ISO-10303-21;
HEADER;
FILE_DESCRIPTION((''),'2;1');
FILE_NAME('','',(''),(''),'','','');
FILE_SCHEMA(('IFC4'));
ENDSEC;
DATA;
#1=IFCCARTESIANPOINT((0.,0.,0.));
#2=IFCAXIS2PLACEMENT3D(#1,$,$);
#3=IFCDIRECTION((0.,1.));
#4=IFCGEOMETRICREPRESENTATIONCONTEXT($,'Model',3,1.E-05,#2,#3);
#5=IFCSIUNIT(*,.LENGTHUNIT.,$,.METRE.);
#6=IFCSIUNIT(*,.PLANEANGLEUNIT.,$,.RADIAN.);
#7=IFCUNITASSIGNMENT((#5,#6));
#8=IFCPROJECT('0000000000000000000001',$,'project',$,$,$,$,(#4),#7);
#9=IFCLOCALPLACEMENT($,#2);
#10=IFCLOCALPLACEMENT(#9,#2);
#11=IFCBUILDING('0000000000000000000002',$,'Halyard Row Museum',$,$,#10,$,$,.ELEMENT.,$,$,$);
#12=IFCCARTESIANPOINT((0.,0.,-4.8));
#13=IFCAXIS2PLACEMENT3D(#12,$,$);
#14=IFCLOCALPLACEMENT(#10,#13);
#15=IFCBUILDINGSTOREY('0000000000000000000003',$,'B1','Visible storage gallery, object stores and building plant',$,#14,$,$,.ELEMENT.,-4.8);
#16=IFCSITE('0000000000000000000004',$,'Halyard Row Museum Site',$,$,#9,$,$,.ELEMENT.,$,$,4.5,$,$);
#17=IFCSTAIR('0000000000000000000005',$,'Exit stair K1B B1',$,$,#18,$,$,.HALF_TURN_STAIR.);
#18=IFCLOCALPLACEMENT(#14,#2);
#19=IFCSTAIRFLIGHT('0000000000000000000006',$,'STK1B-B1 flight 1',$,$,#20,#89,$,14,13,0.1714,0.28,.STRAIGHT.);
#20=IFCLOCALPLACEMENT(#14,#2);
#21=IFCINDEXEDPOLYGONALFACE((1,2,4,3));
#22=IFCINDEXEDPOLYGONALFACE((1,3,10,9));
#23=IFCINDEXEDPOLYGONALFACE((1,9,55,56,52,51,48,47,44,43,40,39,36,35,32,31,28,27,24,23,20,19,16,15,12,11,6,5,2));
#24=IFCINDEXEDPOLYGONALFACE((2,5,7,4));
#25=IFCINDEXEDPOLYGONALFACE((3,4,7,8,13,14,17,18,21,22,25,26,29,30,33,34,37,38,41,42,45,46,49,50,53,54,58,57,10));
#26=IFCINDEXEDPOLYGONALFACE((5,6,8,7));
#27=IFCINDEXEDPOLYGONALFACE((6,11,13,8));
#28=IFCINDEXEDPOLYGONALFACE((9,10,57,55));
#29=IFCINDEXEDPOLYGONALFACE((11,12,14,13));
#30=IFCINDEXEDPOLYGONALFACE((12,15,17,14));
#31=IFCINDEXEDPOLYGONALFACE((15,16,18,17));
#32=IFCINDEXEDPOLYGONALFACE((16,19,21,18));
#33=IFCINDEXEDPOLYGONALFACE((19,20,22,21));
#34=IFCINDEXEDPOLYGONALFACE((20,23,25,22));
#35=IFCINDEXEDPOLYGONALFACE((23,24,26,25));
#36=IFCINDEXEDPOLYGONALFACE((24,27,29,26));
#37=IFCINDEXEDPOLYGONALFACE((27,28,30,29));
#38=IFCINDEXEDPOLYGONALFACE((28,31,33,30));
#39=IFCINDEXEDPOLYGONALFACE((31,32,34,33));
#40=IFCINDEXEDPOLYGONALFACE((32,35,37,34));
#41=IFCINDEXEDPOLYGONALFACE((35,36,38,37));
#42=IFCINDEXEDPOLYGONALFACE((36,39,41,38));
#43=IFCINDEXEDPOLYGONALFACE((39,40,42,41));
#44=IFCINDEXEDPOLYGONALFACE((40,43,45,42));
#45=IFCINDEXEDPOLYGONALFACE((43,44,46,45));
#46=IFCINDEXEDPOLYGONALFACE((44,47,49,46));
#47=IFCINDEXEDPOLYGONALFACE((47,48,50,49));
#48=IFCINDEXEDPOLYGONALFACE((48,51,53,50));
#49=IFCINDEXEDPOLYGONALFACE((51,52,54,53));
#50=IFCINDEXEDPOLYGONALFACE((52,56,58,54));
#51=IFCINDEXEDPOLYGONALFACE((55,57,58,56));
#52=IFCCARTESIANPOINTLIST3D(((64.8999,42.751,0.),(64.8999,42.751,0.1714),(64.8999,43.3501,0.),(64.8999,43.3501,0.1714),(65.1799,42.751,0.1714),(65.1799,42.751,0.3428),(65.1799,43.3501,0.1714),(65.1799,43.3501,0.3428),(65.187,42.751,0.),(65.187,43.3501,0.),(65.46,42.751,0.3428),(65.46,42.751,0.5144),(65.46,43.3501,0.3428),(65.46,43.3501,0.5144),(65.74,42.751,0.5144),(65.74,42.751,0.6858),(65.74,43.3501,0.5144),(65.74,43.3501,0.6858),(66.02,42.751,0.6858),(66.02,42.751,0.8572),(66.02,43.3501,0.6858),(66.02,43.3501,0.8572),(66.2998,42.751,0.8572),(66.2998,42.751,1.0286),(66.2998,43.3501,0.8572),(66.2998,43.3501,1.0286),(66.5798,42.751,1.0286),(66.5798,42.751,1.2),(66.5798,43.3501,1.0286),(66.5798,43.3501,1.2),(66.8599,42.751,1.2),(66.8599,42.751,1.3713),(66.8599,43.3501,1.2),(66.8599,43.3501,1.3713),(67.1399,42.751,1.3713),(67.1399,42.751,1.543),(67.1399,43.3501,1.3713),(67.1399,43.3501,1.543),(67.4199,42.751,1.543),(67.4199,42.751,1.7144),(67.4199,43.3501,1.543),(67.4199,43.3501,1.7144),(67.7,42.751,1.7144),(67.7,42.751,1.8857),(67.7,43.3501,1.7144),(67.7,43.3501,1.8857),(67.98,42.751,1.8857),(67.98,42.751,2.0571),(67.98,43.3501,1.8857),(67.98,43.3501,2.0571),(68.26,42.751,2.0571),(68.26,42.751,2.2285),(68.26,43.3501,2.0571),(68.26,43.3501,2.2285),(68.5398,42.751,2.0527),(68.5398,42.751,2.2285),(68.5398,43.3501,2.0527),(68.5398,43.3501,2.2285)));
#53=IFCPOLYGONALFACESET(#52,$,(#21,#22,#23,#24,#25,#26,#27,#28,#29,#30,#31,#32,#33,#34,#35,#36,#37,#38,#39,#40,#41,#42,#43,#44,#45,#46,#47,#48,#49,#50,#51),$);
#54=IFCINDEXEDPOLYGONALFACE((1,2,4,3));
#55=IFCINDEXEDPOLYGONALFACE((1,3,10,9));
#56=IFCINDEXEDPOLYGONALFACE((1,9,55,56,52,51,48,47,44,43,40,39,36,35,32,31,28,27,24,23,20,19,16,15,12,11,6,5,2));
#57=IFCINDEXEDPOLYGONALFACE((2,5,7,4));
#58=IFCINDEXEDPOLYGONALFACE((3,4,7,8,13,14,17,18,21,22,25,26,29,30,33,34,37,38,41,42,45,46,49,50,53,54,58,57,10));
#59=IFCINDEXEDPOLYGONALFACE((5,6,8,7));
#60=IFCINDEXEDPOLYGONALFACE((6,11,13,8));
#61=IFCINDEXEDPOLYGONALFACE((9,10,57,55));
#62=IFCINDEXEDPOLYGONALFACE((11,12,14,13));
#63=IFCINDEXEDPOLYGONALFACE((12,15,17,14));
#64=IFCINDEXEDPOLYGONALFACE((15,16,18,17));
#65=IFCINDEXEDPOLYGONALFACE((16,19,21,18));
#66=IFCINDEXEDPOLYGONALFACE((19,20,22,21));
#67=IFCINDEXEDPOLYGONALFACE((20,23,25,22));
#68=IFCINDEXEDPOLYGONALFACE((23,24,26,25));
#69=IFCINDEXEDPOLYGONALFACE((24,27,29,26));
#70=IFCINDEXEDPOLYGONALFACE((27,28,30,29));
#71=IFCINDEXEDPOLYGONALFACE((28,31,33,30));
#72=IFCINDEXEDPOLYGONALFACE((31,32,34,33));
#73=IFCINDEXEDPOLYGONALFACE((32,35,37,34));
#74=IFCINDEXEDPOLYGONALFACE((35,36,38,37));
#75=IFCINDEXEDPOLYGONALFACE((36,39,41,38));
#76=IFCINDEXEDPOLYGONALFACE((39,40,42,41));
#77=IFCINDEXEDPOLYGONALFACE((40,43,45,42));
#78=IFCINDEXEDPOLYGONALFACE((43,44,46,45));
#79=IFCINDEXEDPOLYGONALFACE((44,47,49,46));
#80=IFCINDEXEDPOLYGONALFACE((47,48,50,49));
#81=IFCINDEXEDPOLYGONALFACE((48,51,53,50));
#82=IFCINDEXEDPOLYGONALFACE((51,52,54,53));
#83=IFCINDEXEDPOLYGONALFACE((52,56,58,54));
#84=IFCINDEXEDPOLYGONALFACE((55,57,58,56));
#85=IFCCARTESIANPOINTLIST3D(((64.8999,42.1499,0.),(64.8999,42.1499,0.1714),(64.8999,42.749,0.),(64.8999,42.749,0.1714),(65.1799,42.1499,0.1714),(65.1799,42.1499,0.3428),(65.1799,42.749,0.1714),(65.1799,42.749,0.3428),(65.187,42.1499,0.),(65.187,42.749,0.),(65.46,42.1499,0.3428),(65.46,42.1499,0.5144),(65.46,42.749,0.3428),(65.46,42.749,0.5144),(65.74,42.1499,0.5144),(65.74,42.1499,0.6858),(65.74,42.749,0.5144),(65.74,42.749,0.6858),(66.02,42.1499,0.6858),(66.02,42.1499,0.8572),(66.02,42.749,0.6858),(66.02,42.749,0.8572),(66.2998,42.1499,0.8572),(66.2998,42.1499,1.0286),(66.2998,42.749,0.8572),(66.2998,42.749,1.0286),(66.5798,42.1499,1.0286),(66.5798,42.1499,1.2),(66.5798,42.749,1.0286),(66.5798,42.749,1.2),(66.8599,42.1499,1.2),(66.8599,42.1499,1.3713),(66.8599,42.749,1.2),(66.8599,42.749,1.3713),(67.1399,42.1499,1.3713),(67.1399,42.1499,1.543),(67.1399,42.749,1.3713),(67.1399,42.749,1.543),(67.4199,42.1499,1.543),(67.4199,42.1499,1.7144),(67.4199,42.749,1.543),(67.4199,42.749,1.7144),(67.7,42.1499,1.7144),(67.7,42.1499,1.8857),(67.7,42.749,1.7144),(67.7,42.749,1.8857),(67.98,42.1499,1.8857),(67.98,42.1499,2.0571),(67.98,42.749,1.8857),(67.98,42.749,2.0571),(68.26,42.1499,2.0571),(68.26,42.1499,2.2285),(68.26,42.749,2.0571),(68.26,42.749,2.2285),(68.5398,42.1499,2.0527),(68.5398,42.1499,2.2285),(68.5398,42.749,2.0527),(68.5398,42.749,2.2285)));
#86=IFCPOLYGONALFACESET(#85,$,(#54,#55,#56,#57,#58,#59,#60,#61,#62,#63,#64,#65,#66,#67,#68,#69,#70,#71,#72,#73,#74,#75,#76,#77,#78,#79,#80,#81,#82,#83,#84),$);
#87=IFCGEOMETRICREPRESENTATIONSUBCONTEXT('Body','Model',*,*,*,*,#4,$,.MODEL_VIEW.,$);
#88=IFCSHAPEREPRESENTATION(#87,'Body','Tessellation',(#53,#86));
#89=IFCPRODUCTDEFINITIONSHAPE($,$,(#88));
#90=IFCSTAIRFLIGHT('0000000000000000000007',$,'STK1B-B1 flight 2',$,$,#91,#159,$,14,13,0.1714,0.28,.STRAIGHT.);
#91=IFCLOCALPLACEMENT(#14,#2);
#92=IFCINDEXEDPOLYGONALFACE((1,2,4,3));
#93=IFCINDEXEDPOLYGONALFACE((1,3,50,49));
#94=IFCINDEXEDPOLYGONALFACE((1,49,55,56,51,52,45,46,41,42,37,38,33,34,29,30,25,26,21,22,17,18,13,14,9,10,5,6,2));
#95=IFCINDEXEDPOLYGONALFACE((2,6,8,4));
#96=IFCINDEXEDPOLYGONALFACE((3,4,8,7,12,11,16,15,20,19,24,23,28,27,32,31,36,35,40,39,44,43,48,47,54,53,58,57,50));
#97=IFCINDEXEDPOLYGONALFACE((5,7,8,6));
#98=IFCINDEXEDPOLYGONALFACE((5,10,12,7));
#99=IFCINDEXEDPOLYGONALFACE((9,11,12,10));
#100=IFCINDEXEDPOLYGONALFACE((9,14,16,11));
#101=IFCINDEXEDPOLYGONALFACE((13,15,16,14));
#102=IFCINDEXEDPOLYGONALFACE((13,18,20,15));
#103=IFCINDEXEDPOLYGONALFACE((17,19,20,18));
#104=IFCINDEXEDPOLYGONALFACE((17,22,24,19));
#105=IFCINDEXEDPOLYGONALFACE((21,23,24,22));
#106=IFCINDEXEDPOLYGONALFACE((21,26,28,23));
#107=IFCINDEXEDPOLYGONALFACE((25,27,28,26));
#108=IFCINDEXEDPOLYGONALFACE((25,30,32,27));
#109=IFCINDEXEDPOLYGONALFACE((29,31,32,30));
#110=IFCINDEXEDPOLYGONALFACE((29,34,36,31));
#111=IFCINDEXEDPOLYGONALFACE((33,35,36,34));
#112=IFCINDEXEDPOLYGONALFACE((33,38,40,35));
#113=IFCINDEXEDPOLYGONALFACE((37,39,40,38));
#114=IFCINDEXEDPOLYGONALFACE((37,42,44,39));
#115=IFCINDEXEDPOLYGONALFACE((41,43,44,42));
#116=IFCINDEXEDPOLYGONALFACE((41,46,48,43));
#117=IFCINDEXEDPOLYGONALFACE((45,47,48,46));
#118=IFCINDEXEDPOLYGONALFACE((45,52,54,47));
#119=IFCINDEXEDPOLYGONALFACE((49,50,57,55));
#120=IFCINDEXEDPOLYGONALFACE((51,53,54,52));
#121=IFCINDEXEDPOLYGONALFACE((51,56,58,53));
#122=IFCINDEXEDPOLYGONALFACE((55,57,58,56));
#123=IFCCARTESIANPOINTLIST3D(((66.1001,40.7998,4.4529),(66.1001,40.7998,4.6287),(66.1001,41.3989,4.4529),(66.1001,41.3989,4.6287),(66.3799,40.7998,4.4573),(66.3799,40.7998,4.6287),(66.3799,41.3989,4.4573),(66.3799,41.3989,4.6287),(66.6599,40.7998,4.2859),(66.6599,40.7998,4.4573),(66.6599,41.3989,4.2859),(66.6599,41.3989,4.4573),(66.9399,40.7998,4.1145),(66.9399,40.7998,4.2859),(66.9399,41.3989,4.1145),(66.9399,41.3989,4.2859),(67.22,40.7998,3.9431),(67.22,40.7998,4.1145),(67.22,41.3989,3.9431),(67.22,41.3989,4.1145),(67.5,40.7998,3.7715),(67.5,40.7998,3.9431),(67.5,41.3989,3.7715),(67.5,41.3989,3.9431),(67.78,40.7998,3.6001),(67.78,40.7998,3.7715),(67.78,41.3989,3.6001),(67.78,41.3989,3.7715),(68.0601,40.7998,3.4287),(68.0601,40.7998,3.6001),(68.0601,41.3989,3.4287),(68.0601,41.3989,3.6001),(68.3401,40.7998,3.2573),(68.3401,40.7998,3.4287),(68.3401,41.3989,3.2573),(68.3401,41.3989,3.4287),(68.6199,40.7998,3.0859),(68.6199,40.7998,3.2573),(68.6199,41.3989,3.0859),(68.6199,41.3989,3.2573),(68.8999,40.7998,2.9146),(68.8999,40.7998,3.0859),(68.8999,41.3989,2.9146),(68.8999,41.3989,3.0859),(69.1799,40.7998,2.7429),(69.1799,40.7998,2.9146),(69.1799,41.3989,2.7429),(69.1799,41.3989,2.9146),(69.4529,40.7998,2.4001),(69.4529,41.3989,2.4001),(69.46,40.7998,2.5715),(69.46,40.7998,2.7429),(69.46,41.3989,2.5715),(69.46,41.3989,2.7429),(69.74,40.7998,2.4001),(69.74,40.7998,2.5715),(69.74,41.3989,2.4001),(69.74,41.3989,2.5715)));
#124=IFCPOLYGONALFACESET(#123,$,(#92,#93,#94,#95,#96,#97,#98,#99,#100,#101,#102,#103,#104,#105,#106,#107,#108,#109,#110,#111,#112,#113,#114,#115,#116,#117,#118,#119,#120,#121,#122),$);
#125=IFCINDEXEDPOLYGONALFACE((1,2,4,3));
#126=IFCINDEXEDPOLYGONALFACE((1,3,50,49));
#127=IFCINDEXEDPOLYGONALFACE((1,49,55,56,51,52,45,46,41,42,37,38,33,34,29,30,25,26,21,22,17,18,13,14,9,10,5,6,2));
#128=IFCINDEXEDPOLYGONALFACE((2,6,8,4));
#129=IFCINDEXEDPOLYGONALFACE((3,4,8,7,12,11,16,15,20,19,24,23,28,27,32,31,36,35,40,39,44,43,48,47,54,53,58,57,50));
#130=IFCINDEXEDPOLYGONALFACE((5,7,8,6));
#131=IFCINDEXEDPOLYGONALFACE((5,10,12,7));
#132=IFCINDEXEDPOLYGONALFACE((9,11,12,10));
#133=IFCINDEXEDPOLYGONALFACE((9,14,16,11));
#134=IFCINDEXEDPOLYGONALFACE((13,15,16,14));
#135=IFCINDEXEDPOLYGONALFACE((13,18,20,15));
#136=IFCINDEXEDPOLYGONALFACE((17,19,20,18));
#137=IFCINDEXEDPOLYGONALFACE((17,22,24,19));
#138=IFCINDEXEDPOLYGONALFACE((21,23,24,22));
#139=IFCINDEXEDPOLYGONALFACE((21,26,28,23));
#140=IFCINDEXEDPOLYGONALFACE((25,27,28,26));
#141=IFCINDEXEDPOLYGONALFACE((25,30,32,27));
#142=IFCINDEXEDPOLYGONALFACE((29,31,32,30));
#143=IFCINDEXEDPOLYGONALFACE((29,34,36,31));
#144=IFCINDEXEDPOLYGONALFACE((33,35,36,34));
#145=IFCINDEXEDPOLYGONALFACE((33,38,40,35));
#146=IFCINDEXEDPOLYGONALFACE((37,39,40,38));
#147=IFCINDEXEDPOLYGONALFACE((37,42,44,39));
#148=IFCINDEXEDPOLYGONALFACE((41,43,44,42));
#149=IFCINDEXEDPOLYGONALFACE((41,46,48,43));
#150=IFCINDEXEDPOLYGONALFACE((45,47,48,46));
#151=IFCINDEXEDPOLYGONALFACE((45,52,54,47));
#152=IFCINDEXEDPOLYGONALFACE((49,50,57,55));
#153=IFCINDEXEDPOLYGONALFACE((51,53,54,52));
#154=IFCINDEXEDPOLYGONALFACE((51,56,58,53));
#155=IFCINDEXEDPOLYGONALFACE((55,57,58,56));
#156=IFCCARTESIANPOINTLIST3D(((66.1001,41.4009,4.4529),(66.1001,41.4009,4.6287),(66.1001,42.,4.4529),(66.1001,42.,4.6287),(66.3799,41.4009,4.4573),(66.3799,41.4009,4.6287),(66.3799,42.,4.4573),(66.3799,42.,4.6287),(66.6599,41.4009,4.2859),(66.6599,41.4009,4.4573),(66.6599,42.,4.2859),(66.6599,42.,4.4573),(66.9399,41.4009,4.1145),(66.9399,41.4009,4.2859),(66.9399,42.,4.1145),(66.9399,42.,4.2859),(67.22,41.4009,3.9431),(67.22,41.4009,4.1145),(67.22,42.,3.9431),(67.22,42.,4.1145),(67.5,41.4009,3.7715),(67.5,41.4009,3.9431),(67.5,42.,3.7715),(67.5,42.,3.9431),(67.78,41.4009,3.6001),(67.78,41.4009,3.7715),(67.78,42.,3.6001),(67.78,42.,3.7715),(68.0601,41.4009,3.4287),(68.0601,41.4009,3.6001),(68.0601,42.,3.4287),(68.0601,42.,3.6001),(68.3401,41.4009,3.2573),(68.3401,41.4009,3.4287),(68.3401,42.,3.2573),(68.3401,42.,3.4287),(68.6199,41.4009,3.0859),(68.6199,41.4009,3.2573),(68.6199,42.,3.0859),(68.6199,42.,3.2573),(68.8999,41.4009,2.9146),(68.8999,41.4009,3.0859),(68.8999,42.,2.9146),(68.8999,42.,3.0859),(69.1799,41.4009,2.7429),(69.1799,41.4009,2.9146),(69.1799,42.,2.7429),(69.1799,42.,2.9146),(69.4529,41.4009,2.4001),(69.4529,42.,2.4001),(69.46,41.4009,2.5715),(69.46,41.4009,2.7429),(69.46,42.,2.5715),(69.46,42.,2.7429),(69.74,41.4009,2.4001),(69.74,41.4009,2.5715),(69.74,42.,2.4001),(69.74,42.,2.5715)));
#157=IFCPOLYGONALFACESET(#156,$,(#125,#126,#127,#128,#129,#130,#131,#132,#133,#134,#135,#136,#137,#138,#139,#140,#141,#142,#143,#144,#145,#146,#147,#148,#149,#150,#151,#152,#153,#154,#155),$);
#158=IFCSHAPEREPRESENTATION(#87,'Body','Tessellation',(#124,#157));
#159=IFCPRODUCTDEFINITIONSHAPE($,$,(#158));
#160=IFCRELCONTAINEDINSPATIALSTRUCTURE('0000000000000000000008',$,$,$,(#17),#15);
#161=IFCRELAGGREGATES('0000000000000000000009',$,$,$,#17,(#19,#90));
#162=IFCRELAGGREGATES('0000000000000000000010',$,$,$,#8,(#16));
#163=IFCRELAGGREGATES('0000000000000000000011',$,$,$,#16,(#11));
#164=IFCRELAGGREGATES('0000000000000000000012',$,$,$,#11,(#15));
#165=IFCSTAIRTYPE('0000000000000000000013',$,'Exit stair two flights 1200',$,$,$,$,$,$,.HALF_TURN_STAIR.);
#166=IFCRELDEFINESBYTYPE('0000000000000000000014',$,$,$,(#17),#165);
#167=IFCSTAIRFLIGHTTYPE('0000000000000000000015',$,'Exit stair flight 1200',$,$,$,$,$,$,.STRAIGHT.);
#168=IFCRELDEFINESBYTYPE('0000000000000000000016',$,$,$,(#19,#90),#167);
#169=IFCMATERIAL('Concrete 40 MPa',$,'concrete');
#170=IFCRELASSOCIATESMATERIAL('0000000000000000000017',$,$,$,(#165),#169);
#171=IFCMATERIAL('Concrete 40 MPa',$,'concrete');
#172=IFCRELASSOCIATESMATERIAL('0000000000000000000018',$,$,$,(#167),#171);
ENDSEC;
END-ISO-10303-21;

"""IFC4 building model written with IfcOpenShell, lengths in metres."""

from ifc_helpers import new_model, si_unit, direction, frame, origin, place, context, subcontext, project, spatial, polyline, outline, extrude, material, type_object, element, aggregate, save


model = new_model("IFC4")

# Units and contexts
model_context = context("Model", 3, precision=1e-05, world=origin(), true_north=direction((0.0, 1.0)))
body_context = subcontext(model_context, "Body", "Model", "MODEL_VIEW")
ifc_project = project(units=[si_unit("LENGTHUNIT", "METRE"), si_unit("PLANEANGLEUNIT", "RADIAN")], contexts=[model_context])

# Site, building, storey
site_placement = place(None, origin())
site = spatial("IfcSite", under=ifc_project, at=site_placement, Name="Halyard Row Museum Site", CompositionType="ELEMENT", RefElevation=4.5)
building_placement = place(site_placement, origin())
building = spatial("IfcBuilding", under=site, at=building_placement, Name="Halyard Row Museum", CompositionType="ELEMENT")
storey_placement = place(building_placement, frame((0.0, 0.0, -4.8)))
storey = spatial("IfcBuildingStorey", under=building, at=storey_placement, Name="B1", Description="Visible storage gallery, object stores and building plant", CompositionType="ELEMENT", Elevation=-4.8)

# Stair, stair flights
ifc_material_1 = material(Name="Concrete 40 MPa", Category="concrete")
stair_type_1 = type_object("IfcStairType", Name="Exit stair two flights 1200", PredefinedType="HALF_TURN_STAIR", material=ifc_material_1)
stair_1_placement = place(storey_placement, origin())
stair_1 = element("IfcStair", 1, at=stair_1_placement, inside=storey, type_object=stair_type_1, Name="Exit stair K1B B1", PredefinedType="HALF_TURN_STAIR")
ifc_material_2 = material(Name="Concrete 40 MPa", Category="concrete")
stair_flight_type_1 = type_object("IfcStairFlightType", Name="Exit stair flight 1200", PredefinedType="STRAIGHT", material=ifc_material_2)
stair_flight_1_placement = place(storey_placement, frame((64.8999, 42.75, 0.0), z_axis=(0.0, 0.0, 1.0), x_axis=(1.0, 0.0, 0.0)))
stair_flight_1 = element("IfcStairFlight", 2, at=stair_flight_1_placement, type_object=stair_flight_type_1, Name="STK1B-B1 flight 1", NumberOfRisers=14, NumberOfTreads=13, PredefinedType="STRAIGHT", RiserHeight=0.1714, TreadLength=0.28, context=body_context, shape_type="SweptSolid", body=[
    extrude(outline(polyline([(0.0, 0.0), (0.0, 0.1714), (0.28, 0.1714), (0.28, 0.3428), (0.5601, 0.3428), (0.5601, 0.5144), (0.8401, 0.5144), (0.8401, 0.6858), (1.1201, 0.6858), (1.1201, 0.8572), (1.3999, 0.8572), (1.3999, 1.0286), (1.6799, 1.0286), (1.6799, 1.2), (1.96, 1.2), (1.96, 1.3713), (2.24, 1.3713), (2.24, 1.543), (2.52, 1.543), (2.52, 1.7144), (2.8, 1.7144), (2.8, 1.8857), (3.0801, 1.8857), (3.0801, 2.0571), (3.3601, 2.0571), (3.3601, 2.2285), (3.6399, 2.2285), (3.6399, 2.3999), (3.6399, 2.0527), (0.2871, 0.0), (0.0, 0.0)])), frame((0.0, 0.6001, 0.0), z_axis=(0.0, -1.0, 0.0), x_axis=(1.0, 0.0, 0.0)), (0.0, 0.0, 1.0), 0.5991),
    extrude(outline(polyline([(0.0, 0.0), (0.0, 0.1714), (0.28, 0.1714), (0.28, 0.3428), (0.5601, 0.3428), (0.5601, 0.5144), (0.8401, 0.5144), (0.8401, 0.6858), (1.1201, 0.6858), (1.1201, 0.8572), (1.3999, 0.8572), (1.3999, 1.0286), (1.6799, 1.0286), (1.6799, 1.2), (1.96, 1.2), (1.96, 1.3713), (2.24, 1.3713), (2.24, 1.543), (2.52, 1.543), (2.52, 1.7144), (2.8, 1.7144), (2.8, 1.8857), (3.0801, 1.8857), (3.0801, 2.0571), (3.3601, 2.0571), (3.3601, 2.2285), (3.6399, 2.2285), (3.6399, 2.3999), (3.6399, 2.0527), (0.2871, 0.0), (0.0, 0.0)])), frame((0.0, -0.001, 0.0), z_axis=(0.0, -1.0, 0.0), x_axis=(1.0, 0.0, 0.0)), (0.0, 0.0, 1.0), 0.5991),
])
stair_flight_2_placement = place(storey_placement, frame((69.74, 41.3999, 2.4001), z_axis=(0.0, 0.0, 1.0), x_axis=(-1.0, 0.0, 0.0)))
stair_flight_2 = element("IfcStairFlight", 3, at=stair_flight_2_placement, type_object=stair_flight_type_1, Name="STK1B-B1 flight 2", NumberOfRisers=14, NumberOfTreads=13, PredefinedType="STRAIGHT", RiserHeight=0.1714, TreadLength=0.28, context=body_context, shape_type="SweptSolid", body=[
    extrude(outline(polyline([(0.0, 0.0), (0.0, 0.1714), (0.28, 0.1714), (0.28, 0.3428), (0.5601, 0.3428), (0.5601, 0.5144), (0.8401, 0.5144), (0.8401, 0.6858), (1.1201, 0.6858), (1.1201, 0.8572), (1.3999, 0.8572), (1.3999, 1.0286), (1.6799, 1.0286), (1.6799, 1.2), (1.96, 1.2), (1.96, 1.3713), (2.24, 1.3713), (2.24, 1.543), (2.52, 1.543), (2.52, 1.7144), (2.8, 1.7144), (2.8, 1.8857), (3.0801, 1.8857), (3.0801, 2.0571), (3.3601, 2.0571), (3.3601, 2.2285), (3.6399, 2.2285), (3.6399, 2.3999), (3.6399, 2.0527), (0.2871, 0.0), (0.0, 0.0)])), frame((0.0, 0.6001, 0.0), z_axis=(0.0, -1.0, 0.0), x_axis=(1.0, 0.0, 0.0)), (0.0, 0.0, 1.0), 0.5991),
    extrude(outline(polyline([(0.0, 0.0), (0.0, 0.1714), (0.28, 0.1714), (0.28, 0.3428), (0.5601, 0.3428), (0.5601, 0.5144), (0.8401, 0.5144), (0.8401, 0.6858), (1.1201, 0.6858), (1.1201, 0.8572), (1.3999, 0.8572), (1.3999, 1.0286), (1.6799, 1.0286), (1.6799, 1.2), (1.96, 1.2), (1.96, 1.3713), (2.24, 1.3713), (2.24, 1.543), (2.52, 1.543), (2.52, 1.7144), (2.8, 1.7144), (2.8, 1.8857), (3.0801, 1.8857), (3.0801, 2.0571), (3.3601, 2.0571), (3.3601, 2.2285), (3.6399, 2.2285), (3.6399, 2.3999), (3.6399, 2.0527), (0.2871, 0.0), (0.0, 0.0)])), frame((0.0, -0.001, 0.0), z_axis=(0.0, -1.0, 0.0), x_axis=(1.0, 0.0, 0.0)), (0.0, 0.0, 1.0), 0.5991),
])
aggregate(stair_1, [stair_flight_1, stair_flight_2])

save(model, "model.ifc")
